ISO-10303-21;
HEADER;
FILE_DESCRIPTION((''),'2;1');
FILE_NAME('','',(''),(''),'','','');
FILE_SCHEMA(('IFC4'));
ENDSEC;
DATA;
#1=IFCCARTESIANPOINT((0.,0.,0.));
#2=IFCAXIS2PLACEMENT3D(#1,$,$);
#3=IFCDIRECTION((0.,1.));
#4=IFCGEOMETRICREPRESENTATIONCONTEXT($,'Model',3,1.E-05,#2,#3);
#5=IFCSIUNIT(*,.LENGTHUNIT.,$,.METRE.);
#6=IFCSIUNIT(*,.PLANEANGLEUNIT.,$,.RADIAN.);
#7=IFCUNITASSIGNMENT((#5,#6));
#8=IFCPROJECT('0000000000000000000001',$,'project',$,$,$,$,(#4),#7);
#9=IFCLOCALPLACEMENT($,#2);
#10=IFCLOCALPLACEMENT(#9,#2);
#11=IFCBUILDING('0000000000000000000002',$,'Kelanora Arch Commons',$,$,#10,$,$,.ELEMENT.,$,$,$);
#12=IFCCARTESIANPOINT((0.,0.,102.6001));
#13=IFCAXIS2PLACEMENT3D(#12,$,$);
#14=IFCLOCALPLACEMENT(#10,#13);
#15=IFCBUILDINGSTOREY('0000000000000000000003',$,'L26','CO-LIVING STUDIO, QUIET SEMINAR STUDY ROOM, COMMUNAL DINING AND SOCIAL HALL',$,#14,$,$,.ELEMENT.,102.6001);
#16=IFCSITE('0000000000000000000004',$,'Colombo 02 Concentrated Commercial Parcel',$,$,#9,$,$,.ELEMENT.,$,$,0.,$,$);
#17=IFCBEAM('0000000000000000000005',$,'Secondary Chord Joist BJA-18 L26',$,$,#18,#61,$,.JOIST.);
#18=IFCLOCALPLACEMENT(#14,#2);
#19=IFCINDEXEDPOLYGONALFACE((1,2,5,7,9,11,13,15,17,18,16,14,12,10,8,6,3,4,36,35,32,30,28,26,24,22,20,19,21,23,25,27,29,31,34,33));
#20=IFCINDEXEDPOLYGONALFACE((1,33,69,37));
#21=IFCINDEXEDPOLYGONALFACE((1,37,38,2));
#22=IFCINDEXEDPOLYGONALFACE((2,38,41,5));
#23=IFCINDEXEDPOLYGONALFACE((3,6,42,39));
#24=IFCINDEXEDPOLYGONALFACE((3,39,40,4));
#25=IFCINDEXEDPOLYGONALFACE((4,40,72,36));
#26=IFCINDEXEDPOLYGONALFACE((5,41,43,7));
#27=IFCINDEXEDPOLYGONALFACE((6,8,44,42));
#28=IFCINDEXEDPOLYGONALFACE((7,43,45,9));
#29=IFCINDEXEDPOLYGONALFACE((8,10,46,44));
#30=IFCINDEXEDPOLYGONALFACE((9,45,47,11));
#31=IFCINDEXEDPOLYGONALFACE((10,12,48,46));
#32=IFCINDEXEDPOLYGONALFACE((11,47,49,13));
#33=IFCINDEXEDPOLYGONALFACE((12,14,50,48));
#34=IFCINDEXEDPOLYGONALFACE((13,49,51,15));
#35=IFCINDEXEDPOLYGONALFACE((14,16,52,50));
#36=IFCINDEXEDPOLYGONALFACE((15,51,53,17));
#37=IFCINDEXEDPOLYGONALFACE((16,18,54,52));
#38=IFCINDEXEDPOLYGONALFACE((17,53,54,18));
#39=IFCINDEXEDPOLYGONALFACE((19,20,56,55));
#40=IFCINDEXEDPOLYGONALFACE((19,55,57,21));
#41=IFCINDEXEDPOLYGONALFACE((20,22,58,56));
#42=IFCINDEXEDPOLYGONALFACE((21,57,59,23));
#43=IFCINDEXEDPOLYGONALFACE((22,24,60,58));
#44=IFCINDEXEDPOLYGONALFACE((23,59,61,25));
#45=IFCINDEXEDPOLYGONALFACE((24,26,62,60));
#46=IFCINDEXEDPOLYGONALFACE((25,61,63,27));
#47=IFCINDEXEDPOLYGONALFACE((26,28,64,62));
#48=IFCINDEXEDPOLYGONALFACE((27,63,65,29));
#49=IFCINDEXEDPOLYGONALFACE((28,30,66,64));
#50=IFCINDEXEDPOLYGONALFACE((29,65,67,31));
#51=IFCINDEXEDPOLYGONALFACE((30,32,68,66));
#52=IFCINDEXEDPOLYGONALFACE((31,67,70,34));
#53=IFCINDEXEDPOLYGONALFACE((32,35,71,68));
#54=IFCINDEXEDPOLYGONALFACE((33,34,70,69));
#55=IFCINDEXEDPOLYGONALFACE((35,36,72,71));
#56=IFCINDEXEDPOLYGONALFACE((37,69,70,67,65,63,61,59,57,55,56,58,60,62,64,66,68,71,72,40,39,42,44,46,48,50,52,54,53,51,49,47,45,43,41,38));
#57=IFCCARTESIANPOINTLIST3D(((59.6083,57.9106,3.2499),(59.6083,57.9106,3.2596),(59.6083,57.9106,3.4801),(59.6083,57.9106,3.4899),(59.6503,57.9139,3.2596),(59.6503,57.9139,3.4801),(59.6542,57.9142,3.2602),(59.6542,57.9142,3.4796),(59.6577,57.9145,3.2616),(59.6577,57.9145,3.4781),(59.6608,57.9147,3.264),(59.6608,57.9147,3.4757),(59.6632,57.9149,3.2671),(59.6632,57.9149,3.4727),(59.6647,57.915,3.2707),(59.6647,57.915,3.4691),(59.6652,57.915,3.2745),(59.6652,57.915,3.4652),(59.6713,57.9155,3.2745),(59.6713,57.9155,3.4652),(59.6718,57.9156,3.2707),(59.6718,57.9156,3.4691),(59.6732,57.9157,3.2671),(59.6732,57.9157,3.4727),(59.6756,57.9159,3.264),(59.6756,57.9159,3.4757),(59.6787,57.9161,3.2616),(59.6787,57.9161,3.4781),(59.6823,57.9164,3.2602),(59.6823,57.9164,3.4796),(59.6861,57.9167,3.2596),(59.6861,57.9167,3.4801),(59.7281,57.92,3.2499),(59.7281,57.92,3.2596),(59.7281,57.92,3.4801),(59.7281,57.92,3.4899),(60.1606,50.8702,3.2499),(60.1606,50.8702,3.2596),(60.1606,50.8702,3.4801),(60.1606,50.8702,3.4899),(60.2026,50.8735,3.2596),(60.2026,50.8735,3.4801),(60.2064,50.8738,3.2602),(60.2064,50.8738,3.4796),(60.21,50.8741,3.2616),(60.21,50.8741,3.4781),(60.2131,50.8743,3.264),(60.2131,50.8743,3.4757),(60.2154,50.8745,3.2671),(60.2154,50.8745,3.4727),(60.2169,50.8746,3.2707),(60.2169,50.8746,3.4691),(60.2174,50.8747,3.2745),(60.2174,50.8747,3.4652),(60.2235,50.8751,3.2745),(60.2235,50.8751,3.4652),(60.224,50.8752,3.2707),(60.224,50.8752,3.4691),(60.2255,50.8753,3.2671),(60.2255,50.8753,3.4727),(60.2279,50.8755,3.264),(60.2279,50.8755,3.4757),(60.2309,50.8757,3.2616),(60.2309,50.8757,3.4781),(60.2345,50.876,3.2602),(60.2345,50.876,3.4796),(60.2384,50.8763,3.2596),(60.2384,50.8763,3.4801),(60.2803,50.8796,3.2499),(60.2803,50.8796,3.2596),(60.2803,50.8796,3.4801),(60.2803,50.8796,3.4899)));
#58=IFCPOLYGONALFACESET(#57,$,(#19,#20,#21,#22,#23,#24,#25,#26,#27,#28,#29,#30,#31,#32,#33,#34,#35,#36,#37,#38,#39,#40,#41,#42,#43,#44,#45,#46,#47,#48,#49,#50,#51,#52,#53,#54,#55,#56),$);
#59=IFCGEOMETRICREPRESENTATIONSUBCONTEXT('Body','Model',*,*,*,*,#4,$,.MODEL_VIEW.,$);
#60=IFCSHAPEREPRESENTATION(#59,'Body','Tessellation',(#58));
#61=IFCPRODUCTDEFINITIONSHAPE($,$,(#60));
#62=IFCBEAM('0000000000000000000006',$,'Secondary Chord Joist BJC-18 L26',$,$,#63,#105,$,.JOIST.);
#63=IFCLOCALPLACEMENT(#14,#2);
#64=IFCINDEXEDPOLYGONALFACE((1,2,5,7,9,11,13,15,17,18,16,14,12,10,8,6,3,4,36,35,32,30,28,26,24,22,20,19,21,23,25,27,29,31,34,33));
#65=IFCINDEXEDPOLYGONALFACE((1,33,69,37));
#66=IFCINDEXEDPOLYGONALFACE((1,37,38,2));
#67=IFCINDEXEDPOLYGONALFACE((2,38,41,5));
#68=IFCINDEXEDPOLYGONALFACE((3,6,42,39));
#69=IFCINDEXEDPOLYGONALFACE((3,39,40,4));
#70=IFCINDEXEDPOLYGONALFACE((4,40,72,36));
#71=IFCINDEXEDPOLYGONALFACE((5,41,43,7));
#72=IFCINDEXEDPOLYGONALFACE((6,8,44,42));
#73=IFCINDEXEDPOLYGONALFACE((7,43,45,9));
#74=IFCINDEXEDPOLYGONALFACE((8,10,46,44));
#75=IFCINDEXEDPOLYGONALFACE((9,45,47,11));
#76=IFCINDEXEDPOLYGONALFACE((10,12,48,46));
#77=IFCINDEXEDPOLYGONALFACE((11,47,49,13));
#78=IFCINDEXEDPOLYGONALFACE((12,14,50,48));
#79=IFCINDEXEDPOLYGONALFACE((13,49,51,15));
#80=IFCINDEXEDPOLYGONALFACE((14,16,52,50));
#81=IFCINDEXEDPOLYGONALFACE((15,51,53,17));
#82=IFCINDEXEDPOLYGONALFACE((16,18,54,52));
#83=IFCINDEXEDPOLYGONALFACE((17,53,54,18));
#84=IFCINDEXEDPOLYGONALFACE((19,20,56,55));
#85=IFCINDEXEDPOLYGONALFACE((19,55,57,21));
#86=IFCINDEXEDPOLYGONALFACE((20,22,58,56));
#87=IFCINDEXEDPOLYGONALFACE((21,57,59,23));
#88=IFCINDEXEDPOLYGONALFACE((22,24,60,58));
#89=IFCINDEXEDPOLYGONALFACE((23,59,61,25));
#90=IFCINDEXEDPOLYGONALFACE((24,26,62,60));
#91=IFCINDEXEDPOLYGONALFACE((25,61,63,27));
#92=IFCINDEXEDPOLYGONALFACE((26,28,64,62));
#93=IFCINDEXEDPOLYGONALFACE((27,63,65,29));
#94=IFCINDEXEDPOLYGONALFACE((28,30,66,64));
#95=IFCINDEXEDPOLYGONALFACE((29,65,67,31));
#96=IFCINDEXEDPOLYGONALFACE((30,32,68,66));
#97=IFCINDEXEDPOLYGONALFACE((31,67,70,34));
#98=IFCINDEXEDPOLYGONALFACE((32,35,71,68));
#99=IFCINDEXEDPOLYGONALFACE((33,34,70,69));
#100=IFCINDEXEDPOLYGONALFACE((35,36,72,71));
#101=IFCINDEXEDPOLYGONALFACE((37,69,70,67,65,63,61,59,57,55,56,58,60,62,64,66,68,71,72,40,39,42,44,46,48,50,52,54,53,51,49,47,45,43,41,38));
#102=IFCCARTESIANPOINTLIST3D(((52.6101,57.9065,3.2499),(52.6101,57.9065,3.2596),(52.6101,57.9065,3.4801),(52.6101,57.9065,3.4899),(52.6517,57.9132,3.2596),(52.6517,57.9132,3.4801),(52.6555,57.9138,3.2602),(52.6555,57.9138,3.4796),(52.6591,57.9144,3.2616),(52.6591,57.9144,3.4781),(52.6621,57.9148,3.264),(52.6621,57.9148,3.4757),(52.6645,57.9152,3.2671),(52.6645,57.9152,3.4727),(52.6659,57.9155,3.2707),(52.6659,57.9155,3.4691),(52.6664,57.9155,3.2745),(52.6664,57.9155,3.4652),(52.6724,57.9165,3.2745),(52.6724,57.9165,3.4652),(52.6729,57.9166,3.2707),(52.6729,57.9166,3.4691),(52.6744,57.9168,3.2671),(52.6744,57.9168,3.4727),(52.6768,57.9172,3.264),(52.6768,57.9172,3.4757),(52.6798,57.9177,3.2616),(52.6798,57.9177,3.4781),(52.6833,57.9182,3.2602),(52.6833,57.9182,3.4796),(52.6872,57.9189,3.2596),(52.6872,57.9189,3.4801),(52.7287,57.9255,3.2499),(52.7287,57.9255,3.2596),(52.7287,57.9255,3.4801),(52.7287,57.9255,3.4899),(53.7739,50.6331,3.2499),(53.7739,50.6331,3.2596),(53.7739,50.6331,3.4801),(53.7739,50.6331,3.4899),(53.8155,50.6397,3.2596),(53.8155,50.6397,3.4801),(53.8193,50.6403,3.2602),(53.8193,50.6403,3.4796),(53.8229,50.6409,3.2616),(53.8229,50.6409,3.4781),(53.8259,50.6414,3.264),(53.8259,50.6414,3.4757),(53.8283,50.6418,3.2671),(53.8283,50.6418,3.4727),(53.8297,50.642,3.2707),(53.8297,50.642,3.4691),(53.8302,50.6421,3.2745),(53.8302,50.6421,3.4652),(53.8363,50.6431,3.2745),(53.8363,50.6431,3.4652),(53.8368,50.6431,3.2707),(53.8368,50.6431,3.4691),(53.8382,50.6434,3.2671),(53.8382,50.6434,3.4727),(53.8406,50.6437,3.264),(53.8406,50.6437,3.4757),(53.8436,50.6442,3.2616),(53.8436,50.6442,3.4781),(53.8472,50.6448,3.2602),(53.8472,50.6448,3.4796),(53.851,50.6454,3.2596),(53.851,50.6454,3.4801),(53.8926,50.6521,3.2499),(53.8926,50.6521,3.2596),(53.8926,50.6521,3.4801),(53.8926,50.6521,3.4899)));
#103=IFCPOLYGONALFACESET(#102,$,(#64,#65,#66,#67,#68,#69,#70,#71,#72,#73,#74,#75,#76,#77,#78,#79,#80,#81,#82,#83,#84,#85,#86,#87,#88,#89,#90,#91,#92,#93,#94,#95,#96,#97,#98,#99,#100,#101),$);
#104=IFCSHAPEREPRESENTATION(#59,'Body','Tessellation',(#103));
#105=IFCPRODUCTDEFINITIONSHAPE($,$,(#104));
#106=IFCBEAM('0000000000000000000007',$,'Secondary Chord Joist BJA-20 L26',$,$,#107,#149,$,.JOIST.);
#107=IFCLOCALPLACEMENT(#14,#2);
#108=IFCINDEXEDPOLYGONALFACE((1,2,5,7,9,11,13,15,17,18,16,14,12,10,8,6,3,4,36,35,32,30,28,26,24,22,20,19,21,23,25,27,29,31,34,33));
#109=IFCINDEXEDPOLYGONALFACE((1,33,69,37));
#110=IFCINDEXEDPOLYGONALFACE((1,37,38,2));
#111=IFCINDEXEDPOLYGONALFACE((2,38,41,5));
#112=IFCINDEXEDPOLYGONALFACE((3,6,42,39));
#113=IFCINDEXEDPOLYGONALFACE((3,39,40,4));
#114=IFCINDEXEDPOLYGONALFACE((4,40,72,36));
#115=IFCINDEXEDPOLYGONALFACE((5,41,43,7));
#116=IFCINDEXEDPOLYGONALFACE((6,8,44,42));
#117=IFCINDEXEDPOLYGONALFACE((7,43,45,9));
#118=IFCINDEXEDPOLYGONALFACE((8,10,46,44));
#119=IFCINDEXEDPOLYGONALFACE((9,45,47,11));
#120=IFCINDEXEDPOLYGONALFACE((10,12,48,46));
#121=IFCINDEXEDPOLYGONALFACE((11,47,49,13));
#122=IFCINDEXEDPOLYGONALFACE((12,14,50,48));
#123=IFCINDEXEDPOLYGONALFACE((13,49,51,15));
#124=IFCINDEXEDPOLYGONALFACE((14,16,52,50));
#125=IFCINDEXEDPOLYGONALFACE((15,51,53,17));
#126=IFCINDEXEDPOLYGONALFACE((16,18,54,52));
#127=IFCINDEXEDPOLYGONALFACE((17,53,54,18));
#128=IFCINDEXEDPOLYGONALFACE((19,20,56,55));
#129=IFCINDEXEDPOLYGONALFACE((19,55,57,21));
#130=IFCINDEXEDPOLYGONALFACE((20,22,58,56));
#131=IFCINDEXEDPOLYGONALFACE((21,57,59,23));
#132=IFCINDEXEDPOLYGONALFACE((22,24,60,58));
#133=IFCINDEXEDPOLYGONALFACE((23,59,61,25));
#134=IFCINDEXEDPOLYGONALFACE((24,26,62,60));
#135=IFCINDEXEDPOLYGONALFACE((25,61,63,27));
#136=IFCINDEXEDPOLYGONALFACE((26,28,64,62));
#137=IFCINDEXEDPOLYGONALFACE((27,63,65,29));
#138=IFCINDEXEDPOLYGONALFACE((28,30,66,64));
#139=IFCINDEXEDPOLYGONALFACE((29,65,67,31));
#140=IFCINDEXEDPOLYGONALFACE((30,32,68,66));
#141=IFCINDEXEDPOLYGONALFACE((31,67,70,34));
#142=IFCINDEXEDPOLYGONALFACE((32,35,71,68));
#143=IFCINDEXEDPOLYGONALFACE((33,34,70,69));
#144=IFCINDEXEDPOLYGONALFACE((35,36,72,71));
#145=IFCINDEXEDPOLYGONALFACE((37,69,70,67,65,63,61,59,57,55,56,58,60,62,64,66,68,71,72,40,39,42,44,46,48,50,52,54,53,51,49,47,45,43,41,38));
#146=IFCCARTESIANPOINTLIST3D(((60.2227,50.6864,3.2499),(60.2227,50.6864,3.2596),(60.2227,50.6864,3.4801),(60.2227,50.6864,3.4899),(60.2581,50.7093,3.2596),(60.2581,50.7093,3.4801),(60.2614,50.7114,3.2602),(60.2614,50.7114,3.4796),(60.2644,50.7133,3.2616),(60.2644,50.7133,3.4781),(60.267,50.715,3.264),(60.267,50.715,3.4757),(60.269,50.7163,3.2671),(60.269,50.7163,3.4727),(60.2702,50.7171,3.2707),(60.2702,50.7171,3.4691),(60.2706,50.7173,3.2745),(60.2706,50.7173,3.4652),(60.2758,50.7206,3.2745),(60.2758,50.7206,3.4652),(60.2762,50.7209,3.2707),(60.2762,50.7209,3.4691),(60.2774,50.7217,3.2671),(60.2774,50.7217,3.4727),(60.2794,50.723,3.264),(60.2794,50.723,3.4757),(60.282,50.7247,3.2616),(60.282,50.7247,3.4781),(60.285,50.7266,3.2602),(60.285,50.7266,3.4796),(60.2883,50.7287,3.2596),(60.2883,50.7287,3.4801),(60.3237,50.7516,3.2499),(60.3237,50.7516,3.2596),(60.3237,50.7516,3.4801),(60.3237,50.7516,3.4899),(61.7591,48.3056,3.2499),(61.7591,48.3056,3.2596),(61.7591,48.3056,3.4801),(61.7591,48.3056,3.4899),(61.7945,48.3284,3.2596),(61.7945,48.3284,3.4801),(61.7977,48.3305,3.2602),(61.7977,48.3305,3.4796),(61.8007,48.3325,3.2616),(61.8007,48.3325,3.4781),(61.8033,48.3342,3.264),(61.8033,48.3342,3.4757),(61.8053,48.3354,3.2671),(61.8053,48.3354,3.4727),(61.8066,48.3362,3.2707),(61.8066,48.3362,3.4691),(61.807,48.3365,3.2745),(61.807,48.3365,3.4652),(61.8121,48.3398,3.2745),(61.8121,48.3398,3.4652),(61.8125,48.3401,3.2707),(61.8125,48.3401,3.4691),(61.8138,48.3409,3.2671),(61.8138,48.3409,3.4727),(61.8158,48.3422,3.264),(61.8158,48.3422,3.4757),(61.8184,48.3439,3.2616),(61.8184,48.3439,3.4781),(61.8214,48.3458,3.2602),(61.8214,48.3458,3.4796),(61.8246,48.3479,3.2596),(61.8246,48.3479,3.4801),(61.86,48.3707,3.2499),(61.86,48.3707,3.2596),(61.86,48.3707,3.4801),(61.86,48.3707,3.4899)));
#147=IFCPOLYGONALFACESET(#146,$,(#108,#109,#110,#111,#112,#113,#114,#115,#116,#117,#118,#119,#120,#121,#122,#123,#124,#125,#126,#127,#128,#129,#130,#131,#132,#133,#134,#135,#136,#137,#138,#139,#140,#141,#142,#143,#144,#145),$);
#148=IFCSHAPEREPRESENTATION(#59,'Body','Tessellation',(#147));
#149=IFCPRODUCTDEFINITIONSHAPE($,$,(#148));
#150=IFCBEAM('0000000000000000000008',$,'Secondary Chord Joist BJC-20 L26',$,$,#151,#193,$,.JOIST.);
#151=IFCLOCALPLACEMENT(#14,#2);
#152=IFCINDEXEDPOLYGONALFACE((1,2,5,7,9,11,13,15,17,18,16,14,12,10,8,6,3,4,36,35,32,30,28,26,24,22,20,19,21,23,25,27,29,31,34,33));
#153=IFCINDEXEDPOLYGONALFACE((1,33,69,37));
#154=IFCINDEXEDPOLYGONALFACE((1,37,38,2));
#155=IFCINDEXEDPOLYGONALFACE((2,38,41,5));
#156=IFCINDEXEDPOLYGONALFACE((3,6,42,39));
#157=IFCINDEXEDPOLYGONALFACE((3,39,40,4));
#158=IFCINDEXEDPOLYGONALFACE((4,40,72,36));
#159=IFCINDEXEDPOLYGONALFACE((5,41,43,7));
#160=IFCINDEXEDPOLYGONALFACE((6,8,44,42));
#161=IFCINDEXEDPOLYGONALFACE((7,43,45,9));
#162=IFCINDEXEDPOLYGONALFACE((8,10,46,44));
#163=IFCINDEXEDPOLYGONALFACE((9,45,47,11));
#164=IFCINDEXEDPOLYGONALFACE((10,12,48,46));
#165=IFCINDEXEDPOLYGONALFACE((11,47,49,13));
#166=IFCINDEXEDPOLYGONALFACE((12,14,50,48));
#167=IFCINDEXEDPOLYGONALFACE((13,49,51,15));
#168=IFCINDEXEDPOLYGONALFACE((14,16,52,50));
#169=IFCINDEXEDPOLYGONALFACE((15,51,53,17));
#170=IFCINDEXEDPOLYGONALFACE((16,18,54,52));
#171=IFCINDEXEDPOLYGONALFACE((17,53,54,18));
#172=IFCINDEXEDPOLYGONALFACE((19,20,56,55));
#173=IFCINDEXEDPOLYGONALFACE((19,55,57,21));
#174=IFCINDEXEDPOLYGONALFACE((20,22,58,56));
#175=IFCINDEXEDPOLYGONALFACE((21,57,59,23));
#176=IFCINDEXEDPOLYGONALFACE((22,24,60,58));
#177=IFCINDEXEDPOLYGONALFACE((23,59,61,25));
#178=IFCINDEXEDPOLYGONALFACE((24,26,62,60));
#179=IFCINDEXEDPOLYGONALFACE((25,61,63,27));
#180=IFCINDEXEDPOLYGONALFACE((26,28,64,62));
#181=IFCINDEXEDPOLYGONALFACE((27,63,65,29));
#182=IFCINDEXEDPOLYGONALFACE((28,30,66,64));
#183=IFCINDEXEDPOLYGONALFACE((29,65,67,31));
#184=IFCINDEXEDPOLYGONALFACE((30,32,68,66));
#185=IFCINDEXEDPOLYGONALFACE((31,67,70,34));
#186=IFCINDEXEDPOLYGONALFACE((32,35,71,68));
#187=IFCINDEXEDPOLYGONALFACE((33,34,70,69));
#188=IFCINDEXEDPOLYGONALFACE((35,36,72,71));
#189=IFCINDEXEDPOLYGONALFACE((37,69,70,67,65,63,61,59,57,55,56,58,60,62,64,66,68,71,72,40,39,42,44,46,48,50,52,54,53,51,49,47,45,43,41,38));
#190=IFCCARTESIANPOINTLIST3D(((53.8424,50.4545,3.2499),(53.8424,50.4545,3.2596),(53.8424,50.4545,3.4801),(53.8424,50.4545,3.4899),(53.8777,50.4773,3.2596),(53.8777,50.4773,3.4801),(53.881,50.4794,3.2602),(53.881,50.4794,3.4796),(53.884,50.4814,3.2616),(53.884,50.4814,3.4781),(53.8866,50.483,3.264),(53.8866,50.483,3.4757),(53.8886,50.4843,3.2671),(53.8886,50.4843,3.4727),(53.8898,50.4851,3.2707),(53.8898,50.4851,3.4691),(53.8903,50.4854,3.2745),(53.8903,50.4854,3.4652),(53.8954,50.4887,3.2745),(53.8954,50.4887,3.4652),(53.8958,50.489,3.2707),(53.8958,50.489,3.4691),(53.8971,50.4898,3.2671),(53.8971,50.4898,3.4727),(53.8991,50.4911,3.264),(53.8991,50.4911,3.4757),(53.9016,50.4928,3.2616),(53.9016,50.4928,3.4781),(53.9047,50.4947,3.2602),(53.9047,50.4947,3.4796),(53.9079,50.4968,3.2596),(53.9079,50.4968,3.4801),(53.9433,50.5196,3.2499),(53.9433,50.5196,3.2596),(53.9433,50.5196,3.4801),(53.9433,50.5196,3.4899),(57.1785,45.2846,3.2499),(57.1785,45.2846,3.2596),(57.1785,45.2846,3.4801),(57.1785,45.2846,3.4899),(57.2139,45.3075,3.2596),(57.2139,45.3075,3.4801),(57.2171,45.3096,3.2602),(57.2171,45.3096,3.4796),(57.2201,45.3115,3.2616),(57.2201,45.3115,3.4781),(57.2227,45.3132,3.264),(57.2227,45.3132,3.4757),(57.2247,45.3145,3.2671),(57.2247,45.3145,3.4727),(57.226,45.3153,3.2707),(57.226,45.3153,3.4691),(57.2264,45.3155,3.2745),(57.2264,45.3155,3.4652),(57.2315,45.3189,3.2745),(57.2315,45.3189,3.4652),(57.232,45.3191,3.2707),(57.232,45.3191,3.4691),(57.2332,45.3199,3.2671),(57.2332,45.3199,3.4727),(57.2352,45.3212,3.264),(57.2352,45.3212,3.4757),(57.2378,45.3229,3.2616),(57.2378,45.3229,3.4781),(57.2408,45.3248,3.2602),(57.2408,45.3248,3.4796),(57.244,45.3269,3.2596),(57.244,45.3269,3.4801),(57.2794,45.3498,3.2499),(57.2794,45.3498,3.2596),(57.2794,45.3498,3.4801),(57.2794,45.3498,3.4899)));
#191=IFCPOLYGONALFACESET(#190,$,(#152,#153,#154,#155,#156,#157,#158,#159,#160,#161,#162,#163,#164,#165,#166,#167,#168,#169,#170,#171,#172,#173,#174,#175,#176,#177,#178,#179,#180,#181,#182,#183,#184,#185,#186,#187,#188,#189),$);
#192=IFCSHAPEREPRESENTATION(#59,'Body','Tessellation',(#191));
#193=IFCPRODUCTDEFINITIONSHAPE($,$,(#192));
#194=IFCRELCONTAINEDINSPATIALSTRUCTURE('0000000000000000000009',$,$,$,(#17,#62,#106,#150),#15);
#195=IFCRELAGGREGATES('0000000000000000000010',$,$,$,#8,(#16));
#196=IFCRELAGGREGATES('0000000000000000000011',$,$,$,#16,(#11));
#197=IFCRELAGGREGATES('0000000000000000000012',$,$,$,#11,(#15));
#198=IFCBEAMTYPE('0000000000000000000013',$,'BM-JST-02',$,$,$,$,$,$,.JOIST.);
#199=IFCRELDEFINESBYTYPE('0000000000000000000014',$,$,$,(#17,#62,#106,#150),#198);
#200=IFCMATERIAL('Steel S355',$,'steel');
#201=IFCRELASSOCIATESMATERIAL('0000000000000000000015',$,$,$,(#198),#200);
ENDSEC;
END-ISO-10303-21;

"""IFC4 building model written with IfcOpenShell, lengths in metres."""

from ifc_helpers import new_model, si_unit, direction, frame, origin, origin_2d, place, context, subcontext, project, spatial, i_section, extrude, material, material_profile, profile_set, type_object, element, save


model = new_model("IFC4")

# Units and contexts
model_context = context("Model", 3, precision=1e-05, world=origin(), true_north=direction((0.0, 1.0)))
body_context = subcontext(model_context, "Body", "Model", "MODEL_VIEW")
ifc_project = project(units=[si_unit("LENGTHUNIT", "METRE"), si_unit("PLANEANGLEUNIT", "RADIAN")], contexts=[model_context])

# Site, building, storey
site_placement = place(None, origin())
site = spatial("IfcSite", under=ifc_project, at=site_placement, Name="Colombo 02 Concentrated Commercial Parcel", CompositionType="ELEMENT", RefElevation=0.0)
building_placement = place(site_placement, origin())
building = spatial("IfcBuilding", under=site, at=building_placement, Name="Kelanora Arch Commons", CompositionType="ELEMENT")
storey_placement = place(building_placement, frame((0.0, 0.0, 102.6001)))
storey = spatial("IfcBuildingStorey", under=building, at=storey_placement, Name="L26", Description="CO-LIVING STUDIO, QUIET SEMINAR STUDY ROOM, COMMUNAL DINING AND SOCIAL HALL", CompositionType="ELEMENT", Elevation=102.6001)

# Beams
ifc_material_1 = material(Name="Steel S355", Category="steel")
ifc_material_profile_1 = material_profile(ifc_material_1, i_section(OverallWidth=0.1201, OverallDepth=0.24, WebThickness=0.0061, FlangeThickness=0.0098, FilletRadius=0.0149, at=origin_2d()), Name="IPE240")
ifc_profile_set_1 = profile_set([ifc_material_profile_1], Name="Steel S355")
beam_type_1 = type_object("IfcBeamType", Name="BM-JST-02", PredefinedType="JOIST", material=ifc_profile_set_1)
beam_1_placement = place(storey_placement, frame((59.6682, 57.9153, 3.3699), z_axis=(0.078201, -0.996938, 0.0), x_axis=(0.996938, 0.078201, 0.0)))
element("IfcBeam", 1, at=beam_1_placement, inside=storey, type_object=beam_type_1, Name="Secondary Chord Joist BJA-18 L26", PredefinedType="JOIST", context=body_context, shape_type="SweptSolid", body=[
    extrude(i_section(OverallWidth=0.1201, OverallDepth=0.24, WebThickness=0.0061, FlangeThickness=0.0098, FilletRadius=0.0149, at=origin_2d()), origin(), (0.0, 0.0, 1.0), 7.062),
])
beam_2_placement = place(storey_placement, frame((52.6694, 57.916, 3.3699), z_axis=(0.158, -0.987439, 0.0), x_axis=(0.987439, 0.158, 0.0)))
element("IfcBeam", 2, at=beam_2_placement, inside=storey, type_object=beam_type_1, Name="Secondary Chord Joist BJC-18 L26", PredefinedType="JOIST", context=body_context, shape_type="SweptSolid", body=[
    extrude(i_section(OverallWidth=0.1201, OverallDepth=0.24, WebThickness=0.0061, FlangeThickness=0.0098, FilletRadius=0.0149, at=origin_2d()), origin(), (0.0, 0.0, 1.0), 7.366),
])
beam_3_placement = place(storey_placement, frame((60.2732, 50.719, 3.3699), z_axis=(0.542211, -0.840242, 0.0), x_axis=(0.840242, 0.542211, 0.0)))
element("IfcBeam", 3, at=beam_3_placement, inside=storey, type_object=beam_type_1, Name="Secondary Chord Joist BJA-20 L26", PredefinedType="JOIST", context=body_context, shape_type="SweptSolid", body=[
    extrude(i_section(OverallWidth=0.1201, OverallDepth=0.24, WebThickness=0.0061, FlangeThickness=0.0098, FilletRadius=0.0149, at=origin_2d()), origin(), (0.0, 0.0, 1.0), 2.8335),
])
beam_4_placement = place(storey_placement, frame((53.8928, 50.4871, 3.3699), z_axis=(0.542213, -0.840241, 0.0), x_axis=(0.840241, 0.542213, 0.0)))
element("IfcBeam", 4, at=beam_4_placement, inside=storey, type_object=beam_type_1, Name="Secondary Chord Joist BJC-20 L26", PredefinedType="JOIST", context=body_context, shape_type="SweptSolid", body=[
    extrude(i_section(OverallWidth=0.1201, OverallDepth=0.24, WebThickness=0.0061, FlangeThickness=0.0098, FilletRadius=0.0149, at=origin_2d()), origin(), (0.0, 0.0, 1.0), 6.1528),
])

save(model, "model.ifc")
